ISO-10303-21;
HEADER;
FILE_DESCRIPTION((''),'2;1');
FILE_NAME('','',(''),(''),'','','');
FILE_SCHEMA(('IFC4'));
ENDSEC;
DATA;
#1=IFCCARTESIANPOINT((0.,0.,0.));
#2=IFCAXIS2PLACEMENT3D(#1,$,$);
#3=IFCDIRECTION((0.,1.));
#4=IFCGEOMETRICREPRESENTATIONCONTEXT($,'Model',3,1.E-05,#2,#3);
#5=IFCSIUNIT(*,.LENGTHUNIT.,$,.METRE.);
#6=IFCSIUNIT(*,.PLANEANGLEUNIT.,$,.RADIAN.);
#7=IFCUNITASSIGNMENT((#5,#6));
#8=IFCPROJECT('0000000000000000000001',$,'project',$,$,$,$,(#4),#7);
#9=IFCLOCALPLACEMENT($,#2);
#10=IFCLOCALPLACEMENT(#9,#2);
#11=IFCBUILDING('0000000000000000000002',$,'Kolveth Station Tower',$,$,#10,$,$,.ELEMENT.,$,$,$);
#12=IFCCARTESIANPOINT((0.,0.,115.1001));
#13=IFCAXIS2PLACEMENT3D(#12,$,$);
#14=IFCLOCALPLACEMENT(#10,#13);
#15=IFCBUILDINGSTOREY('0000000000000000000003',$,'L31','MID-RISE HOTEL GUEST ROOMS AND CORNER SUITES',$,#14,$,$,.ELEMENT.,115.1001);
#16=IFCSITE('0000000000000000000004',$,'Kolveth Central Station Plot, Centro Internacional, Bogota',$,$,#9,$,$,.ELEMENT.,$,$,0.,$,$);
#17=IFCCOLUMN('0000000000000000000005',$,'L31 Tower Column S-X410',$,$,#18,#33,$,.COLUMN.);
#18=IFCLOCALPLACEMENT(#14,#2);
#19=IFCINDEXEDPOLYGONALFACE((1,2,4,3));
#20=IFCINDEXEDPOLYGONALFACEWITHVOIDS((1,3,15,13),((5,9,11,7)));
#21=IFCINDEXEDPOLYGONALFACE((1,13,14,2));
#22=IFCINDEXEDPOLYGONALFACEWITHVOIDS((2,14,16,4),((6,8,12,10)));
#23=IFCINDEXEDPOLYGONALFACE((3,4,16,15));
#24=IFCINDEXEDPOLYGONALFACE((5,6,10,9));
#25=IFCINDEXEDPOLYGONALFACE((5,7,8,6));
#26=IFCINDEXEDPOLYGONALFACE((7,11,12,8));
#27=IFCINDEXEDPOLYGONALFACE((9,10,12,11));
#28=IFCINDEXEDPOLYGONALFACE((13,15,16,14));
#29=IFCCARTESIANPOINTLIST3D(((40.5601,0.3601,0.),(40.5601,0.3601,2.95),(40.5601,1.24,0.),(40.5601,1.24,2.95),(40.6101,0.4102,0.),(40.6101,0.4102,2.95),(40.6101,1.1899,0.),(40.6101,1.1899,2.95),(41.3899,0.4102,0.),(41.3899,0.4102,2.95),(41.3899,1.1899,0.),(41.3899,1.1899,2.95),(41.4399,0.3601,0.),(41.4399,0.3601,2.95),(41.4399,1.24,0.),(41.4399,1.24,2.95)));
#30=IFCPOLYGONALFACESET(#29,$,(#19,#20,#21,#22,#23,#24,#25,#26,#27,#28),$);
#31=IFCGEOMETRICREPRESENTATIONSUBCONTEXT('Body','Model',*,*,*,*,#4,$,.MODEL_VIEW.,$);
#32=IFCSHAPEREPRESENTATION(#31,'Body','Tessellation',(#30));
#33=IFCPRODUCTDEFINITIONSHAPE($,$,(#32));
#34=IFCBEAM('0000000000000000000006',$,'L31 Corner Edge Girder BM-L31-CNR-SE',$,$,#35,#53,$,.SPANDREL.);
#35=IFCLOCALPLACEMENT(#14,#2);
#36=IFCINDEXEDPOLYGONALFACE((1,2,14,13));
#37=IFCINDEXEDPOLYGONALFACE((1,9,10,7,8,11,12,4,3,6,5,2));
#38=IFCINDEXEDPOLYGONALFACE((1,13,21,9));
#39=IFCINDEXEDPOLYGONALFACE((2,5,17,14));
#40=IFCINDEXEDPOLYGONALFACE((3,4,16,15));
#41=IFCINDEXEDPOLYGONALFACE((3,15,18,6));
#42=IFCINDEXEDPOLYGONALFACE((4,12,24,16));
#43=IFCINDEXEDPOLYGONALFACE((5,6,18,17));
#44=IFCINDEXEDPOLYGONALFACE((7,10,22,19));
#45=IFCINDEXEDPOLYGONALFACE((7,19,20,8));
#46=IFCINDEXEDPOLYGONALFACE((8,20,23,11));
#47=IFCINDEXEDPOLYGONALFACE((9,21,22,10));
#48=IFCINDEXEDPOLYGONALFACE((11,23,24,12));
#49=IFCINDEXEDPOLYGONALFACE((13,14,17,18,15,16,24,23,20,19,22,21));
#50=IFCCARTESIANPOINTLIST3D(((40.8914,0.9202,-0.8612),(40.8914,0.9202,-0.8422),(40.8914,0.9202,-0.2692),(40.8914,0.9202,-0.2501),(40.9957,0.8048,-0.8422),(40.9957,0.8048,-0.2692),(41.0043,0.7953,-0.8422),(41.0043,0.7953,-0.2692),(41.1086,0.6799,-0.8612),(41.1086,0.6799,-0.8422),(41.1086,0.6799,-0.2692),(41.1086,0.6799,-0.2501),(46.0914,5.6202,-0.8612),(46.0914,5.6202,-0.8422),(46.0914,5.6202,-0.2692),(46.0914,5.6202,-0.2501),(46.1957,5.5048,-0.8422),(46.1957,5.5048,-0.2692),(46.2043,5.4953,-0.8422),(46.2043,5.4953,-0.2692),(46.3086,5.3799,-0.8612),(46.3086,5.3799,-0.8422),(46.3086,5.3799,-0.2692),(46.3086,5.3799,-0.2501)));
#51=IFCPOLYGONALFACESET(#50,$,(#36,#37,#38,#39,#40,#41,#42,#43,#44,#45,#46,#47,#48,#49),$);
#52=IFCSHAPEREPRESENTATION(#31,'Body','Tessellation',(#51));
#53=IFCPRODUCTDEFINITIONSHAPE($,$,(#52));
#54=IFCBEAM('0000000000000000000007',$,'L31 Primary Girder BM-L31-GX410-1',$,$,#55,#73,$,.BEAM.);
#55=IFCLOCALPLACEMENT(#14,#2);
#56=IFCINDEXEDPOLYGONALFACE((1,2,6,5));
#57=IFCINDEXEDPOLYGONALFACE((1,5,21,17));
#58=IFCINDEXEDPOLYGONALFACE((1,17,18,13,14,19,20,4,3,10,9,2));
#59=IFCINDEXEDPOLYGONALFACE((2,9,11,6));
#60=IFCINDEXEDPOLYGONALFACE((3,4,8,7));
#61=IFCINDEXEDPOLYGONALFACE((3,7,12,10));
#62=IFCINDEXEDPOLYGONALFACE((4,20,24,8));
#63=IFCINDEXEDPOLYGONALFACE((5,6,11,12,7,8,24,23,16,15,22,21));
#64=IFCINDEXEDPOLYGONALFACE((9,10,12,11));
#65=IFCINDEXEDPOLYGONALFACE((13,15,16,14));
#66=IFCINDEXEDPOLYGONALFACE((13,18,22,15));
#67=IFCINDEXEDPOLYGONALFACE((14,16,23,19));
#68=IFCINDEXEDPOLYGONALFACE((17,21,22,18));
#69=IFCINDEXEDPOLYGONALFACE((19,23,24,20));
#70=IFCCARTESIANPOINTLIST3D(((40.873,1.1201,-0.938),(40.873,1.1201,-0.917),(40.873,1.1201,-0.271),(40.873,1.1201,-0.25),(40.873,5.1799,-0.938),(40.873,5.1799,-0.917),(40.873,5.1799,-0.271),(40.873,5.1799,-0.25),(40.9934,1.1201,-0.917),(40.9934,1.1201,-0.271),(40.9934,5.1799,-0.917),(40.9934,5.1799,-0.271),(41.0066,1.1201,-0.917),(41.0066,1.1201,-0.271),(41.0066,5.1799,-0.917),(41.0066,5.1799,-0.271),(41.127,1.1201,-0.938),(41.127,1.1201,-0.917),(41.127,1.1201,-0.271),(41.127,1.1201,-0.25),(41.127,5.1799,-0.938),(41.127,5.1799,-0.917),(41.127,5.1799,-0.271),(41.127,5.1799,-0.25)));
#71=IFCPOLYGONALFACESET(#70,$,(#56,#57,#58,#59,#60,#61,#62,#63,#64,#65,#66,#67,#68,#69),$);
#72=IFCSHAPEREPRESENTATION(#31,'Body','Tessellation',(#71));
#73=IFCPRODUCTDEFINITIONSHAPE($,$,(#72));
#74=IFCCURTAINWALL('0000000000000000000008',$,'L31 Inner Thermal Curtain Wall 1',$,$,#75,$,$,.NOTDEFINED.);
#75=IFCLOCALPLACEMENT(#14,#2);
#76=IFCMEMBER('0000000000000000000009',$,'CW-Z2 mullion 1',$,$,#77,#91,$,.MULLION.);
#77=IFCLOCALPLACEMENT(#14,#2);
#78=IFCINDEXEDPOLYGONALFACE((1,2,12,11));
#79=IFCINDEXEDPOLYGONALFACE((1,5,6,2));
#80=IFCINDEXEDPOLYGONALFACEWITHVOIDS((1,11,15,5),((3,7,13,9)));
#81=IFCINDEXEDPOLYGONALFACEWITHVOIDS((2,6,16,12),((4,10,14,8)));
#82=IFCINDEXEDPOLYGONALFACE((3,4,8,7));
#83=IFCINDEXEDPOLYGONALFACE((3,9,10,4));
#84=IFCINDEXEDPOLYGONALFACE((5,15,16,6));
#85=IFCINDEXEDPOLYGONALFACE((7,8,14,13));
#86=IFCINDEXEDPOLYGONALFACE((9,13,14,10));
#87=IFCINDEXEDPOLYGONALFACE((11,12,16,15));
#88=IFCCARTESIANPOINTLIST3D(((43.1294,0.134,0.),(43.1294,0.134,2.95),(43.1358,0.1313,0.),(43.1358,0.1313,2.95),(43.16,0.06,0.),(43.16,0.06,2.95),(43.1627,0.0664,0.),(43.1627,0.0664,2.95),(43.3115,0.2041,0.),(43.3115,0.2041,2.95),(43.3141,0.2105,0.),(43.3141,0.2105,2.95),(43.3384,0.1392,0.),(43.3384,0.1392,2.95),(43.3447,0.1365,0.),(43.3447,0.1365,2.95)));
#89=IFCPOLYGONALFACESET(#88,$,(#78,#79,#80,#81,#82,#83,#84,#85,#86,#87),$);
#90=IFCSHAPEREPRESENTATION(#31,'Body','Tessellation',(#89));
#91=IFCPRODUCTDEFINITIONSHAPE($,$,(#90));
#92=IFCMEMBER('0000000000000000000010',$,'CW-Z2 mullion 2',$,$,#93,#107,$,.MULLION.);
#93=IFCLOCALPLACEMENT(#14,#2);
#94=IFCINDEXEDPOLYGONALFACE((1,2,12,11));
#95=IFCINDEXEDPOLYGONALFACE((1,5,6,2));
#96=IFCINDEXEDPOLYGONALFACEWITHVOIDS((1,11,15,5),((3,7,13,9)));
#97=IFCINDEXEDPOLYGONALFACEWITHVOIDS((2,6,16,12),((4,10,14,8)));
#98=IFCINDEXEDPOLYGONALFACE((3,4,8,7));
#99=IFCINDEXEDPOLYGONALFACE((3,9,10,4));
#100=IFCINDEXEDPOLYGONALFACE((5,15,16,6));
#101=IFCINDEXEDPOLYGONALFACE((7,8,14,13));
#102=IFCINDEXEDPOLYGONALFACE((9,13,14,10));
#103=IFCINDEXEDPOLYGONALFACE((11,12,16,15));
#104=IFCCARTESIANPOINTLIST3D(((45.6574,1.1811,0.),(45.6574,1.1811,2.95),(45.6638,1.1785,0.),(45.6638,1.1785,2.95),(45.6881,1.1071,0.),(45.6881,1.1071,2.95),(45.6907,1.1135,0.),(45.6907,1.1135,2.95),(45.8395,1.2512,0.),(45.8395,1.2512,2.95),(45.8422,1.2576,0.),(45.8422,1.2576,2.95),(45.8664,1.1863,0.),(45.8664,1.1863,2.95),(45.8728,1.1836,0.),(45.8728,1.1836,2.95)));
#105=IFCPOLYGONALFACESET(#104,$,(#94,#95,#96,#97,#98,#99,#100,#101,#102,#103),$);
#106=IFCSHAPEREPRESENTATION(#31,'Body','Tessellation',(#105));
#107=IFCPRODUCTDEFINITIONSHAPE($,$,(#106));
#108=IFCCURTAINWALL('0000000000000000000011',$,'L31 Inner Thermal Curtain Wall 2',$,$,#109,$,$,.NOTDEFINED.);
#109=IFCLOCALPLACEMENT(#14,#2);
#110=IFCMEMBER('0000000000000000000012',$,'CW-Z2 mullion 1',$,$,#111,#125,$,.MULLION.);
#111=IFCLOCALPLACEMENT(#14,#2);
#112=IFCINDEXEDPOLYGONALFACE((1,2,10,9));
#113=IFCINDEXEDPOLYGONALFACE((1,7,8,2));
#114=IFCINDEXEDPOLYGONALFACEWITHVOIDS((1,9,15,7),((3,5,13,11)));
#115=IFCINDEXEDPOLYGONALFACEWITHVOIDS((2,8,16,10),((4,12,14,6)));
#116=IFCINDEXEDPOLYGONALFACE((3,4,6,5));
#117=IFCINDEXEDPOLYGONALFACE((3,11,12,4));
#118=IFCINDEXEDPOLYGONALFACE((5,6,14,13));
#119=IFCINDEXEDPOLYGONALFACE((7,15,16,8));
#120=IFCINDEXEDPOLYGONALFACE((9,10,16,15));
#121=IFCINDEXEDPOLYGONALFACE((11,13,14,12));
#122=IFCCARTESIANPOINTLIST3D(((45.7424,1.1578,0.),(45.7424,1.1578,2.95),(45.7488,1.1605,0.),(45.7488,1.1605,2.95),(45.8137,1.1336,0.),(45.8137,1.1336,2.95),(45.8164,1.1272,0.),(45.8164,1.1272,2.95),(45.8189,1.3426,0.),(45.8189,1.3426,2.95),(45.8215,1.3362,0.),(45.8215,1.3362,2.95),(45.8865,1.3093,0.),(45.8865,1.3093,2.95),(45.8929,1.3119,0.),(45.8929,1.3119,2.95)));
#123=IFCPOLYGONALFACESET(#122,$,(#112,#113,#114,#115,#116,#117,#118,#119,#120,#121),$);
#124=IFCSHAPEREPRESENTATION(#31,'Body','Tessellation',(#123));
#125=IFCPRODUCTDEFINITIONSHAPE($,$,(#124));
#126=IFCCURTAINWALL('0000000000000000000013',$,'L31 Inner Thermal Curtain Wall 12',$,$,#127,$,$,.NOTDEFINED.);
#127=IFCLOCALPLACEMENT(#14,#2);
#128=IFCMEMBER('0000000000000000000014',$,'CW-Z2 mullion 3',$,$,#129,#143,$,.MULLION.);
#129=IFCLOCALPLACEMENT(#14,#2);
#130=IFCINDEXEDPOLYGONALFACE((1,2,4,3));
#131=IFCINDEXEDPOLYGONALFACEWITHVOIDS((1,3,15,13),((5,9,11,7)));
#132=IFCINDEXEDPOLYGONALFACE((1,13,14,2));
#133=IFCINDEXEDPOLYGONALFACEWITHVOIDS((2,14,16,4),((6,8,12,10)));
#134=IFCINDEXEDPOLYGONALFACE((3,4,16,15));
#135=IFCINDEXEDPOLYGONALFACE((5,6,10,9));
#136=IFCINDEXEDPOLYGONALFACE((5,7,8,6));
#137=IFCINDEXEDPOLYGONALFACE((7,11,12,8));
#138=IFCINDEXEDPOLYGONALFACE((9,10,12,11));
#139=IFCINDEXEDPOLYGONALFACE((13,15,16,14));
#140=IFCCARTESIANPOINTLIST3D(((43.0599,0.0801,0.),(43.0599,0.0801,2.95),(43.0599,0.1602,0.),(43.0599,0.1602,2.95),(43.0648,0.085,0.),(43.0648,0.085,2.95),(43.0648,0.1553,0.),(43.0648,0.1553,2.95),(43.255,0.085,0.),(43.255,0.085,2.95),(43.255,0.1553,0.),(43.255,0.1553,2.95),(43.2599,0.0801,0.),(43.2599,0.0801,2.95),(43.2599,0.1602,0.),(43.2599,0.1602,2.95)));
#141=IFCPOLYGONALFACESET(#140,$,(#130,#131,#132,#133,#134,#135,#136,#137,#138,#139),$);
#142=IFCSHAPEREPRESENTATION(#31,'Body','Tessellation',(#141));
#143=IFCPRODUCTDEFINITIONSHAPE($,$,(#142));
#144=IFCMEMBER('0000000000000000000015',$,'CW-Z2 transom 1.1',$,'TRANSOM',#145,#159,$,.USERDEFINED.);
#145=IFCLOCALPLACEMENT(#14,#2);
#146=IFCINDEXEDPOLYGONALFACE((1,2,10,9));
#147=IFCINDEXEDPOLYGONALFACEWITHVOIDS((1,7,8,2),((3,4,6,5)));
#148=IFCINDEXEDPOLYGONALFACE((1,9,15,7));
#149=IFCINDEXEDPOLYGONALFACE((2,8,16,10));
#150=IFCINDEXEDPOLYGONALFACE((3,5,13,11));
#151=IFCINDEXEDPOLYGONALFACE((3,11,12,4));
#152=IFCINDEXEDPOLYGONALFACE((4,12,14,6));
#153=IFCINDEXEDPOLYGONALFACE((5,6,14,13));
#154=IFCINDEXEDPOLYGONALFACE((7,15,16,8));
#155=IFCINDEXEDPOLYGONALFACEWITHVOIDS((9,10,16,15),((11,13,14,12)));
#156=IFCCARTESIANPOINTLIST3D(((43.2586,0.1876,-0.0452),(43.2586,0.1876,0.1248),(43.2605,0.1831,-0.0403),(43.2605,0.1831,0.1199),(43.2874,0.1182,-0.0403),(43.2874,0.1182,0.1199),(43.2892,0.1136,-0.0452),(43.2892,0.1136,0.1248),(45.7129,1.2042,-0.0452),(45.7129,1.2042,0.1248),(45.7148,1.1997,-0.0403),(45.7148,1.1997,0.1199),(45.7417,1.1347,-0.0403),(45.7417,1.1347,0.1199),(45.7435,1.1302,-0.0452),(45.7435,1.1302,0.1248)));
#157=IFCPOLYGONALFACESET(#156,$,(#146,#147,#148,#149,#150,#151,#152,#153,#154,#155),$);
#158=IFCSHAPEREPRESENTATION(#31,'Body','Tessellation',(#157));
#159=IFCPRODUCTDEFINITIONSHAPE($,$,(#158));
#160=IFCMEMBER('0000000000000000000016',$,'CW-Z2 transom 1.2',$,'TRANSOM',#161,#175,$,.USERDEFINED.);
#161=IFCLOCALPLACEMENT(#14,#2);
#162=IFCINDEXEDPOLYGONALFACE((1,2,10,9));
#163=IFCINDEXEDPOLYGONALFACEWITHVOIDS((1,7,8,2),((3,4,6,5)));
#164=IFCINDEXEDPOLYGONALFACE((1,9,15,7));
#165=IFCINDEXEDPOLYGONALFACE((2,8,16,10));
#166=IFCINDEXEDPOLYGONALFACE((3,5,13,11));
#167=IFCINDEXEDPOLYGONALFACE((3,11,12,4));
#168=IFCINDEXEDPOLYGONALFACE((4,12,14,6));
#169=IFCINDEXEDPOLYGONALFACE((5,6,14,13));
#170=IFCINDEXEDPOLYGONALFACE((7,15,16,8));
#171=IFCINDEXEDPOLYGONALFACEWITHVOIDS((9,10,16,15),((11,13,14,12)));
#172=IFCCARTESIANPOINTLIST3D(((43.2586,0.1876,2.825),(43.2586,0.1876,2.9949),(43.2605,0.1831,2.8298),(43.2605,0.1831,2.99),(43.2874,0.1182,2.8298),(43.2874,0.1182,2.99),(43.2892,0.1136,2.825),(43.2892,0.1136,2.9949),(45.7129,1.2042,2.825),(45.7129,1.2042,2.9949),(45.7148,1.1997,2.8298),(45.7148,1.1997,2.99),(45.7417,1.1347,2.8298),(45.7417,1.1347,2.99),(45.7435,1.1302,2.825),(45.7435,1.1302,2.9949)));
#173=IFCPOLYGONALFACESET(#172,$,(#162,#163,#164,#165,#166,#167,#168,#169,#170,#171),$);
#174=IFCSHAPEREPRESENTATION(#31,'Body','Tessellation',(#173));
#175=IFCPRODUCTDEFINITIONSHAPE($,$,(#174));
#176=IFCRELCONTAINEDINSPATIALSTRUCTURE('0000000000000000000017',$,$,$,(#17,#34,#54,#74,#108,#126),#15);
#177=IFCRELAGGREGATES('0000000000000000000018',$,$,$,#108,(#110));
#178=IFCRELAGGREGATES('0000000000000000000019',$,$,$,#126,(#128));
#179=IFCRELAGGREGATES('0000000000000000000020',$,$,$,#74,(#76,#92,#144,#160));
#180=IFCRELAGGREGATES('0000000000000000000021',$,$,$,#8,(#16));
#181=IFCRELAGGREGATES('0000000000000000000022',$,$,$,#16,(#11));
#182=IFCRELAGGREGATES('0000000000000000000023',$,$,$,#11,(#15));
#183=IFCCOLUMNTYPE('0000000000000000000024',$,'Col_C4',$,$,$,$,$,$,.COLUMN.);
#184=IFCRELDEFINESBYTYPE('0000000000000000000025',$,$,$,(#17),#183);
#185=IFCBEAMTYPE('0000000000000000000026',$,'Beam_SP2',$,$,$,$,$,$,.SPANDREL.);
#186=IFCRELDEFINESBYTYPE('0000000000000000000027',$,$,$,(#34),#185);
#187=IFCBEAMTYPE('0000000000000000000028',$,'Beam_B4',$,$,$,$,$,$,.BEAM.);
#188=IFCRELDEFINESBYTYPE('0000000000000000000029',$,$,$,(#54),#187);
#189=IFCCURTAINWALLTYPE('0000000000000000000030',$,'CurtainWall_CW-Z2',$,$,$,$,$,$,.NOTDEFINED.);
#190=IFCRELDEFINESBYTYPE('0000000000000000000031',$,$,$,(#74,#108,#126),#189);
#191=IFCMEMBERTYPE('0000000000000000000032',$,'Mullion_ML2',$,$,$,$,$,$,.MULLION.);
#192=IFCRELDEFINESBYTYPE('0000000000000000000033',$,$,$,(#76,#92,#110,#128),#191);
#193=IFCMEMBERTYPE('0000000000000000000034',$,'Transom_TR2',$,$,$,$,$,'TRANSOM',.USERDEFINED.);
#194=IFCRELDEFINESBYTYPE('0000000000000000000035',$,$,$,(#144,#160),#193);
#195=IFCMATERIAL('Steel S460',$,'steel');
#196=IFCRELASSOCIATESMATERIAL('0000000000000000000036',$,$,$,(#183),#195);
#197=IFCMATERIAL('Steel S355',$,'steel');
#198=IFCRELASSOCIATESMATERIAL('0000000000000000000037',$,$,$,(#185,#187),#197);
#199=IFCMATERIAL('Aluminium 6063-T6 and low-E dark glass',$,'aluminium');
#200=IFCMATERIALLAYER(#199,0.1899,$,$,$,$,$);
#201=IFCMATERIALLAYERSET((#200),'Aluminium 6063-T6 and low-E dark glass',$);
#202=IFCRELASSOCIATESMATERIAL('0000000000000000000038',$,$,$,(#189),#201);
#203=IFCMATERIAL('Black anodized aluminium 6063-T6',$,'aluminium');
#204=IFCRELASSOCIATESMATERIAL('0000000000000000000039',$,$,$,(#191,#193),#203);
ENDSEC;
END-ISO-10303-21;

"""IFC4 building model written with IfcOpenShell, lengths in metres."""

from ifc_helpers import new_model, si_unit, direction, frame, origin, origin_2d, place, context, subcontext, project, spatial, hollow_rectangle, i_section, extrude, source, transform, mapped, material, layer, layer_set, material_profile, profile_set, type_object, element, aggregate, save


model = new_model("IFC4")

# Units and contexts
model_context = context("Model", 3, precision=1e-05, world=origin(), true_north=direction((0.0, 1.0)))
body_context = subcontext(model_context, "Body", "Model", "MODEL_VIEW")
ifc_project = project(units=[si_unit("LENGTHUNIT", "METRE"), si_unit("PLANEANGLEUNIT", "RADIAN")], contexts=[model_context])

# Site, building, storey
site_placement = place(None, origin())
site = spatial("IfcSite", under=ifc_project, at=site_placement, Name="Kolveth Central Station Plot, Centro Internacional, Bogota", CompositionType="ELEMENT", RefElevation=0.0)
building_placement = place(site_placement, origin())
building = spatial("IfcBuilding", under=site, at=building_placement, Name="Kolveth Station Tower", CompositionType="ELEMENT")
storey_placement = place(building_placement, frame((0.0, 0.0, 115.1001)))
storey = spatial("IfcBuildingStorey", under=building, at=storey_placement, Name="L31", Description="MID-RISE HOTEL GUEST ROOMS AND CORNER SUITES", CompositionType="ELEMENT", Elevation=115.1001)

# Column
ifc_material_1 = material(Name="Steel S460", Category="steel")
ifc_material_profile_1 = material_profile(ifc_material_1, hollow_rectangle(XDim=0.8799, YDim=0.8799, WallThickness=0.05, at=origin_2d()), Name="BOX880x880x50")
ifc_profile_set_1 = profile_set([ifc_material_profile_1], Name="Steel S460")
column_type = type_object("IfcColumnType", Name="Col_C4", PredefinedType="COLUMN", material=ifc_profile_set_1)
shared_shape_1 = source(origin(), body_context, "Body", "SweptSolid", [
    extrude(hollow_rectangle(XDim=0.8799, YDim=0.8799, WallThickness=0.05, at=origin_2d()), origin(), (0.0, 0.0, 1.0), 2.95),
])
column_placement = place(storey_placement, frame((41.0, 0.8, 0.0), z_axis=(0.0, 0.0, 1.0), x_axis=(1.0, 0.0, 0.0)))
element("IfcColumn", 1, at=column_placement, inside=storey, type_object=column_type, Name="L31 Tower Column S-X410", PredefinedType="COLUMN", context=body_context, shape_type="MappedRepresentation", body=[
    mapped(shared_shape_1, transform((0.0, 0.0, 0.0), x_axis=(1.0, 0.0, 0.0), y_axis=(0.0, 1.0, 0.0), z_axis=(0.0, 0.0, 1.0), scale=1.0)),
])

# Beams
ifc_material_2 = material(Name="Steel S355", Category="steel")
ifc_material_profile_2 = material_profile(ifc_material_2, i_section(OverallWidth=0.324, OverallDepth=0.6111, WebThickness=0.0127, FlangeThickness=0.019, at=origin_2d()), Name="W610x155")
ifc_profile_set_2 = profile_set([ifc_material_profile_2], Name="Steel S355")
beam_type_1 = type_object("IfcBeamType", Name="Beam_SP2", PredefinedType="SPANDREL", material=ifc_profile_set_2)
shared_shape_2 = source(origin(), body_context, "Body", "SweptSolid", [
    extrude(i_section(OverallWidth=0.324, OverallDepth=0.6111, WebThickness=0.0127, FlangeThickness=0.019, at=origin_2d()), origin(), (0.0, 0.0, 1.0), 7.0093),
])
beam_1_placement = place(storey_placement, frame((41.0, 0.8, -0.5557), z_axis=(0.741874, 0.670539, 0.0), x_axis=(-0.670539, 0.741874, 0.0)))
element("IfcBeam", 2, at=beam_1_placement, inside=storey, type_object=beam_type_1, Name="L31 Corner Edge Girder BM-L31-CNR-SE", PredefinedType="SPANDREL", context=body_context, shape_type="MappedRepresentation", body=[
    mapped(shared_shape_2, transform((0.0, 0.0, 0.0), x_axis=(1.0, 0.0, 0.0), y_axis=(0.0, 1.0, 0.0), z_axis=(0.0, 0.0, 1.0), scale=1.0)),
])
ifc_material_profile_3 = material_profile(ifc_material_2, i_section(OverallWidth=0.2539, OverallDepth=0.688, WebThickness=0.0132, FlangeThickness=0.021, at=origin_2d()), Name="W690x152")
ifc_profile_set_3 = profile_set([ifc_material_profile_3], Name="Steel S355")
beam_type_2 = type_object("IfcBeamType", Name="Beam_B4", PredefinedType="BEAM", material=ifc_profile_set_3)
shared_shape_3 = source(origin(), body_context, "Body", "SweptSolid", [
    extrude(i_section(OverallWidth=0.2539, OverallDepth=0.688, WebThickness=0.0132, FlangeThickness=0.021, at=origin_2d()), origin(), (0.0, 0.0, 1.0), 4.0598),
])
beam_2_placement = place(storey_placement, frame((41.0, 1.1201, -0.594), z_axis=(0.0, 1.0, 0.0), x_axis=(-1.0, 0.0, 0.0)))
element("IfcBeam", 3, at=beam_2_placement, inside=storey, type_object=beam_type_2, Name="L31 Primary Girder BM-L31-GX410-1", PredefinedType="BEAM", context=body_context, shape_type="MappedRepresentation", body=[
    mapped(shared_shape_3, transform((0.0, 0.0, 0.0), x_axis=(1.0, 0.0, 0.0), y_axis=(0.0, 1.0, 0.0), z_axis=(0.0, 0.0, 1.0), scale=1.0)),
])

# Curtain wall, members
ifc_material_3 = material(Name="Aluminium 6063-T6 and low-E dark glass", Category="aluminium")
ifc_layer_1 = layer(ifc_material_3, 0.1899)
ifc_layer_set_1 = layer_set([ifc_layer_1], Name="Aluminium 6063-T6 and low-E dark glass")
curtain_wall_type_1 = type_object("IfcCurtainWallType", Name="CurtainWall_CW-Z2", PredefinedType="NOTDEFINED", material=ifc_layer_set_1)
curtain_wall_1_placement = place(storey_placement, origin())
curtain_wall_1 = element("IfcCurtainWall", 4, at=curtain_wall_1_placement, inside=storey, type_object=curtain_wall_type_1, Name="L31 Inner Thermal Curtain Wall 1", PredefinedType="NOTDEFINED")
ifc_material_4 = material(Name="Black anodized aluminium 6063-T6", Category="aluminium")
ifc_material_profile_4 = material_profile(ifc_material_4, hollow_rectangle(XDim=0.0801, YDim=0.2, WallThickness=0.0049, at=origin_2d()), Name="ALU-80x200x5")
ifc_profile_set_4 = profile_set([ifc_material_profile_4], Name="Black anodized aluminium 6063-T6")
member_type_1 = type_object("IfcMemberType", Name="Mullion_ML2", PredefinedType="MULLION", material=ifc_profile_set_4)
shared_shape_4 = source(origin(), body_context, "Body", "SweptSolid", [
    extrude(hollow_rectangle(XDim=0.0801, YDim=0.2, WallThickness=0.0049, at=origin_2d()), origin(), (0.0, 0.0, 1.0), 2.95),
])
member_1_placement = place(storey_placement, frame((43.2371, 0.1353, 0.0), z_axis=(0.0, 0.0, 1.0), x_axis=(-0.382663, 0.923888, 0.0)))
member_1 = element("IfcMember", 5, at=member_1_placement, type_object=member_type_1, Name="CW-Z2 mullion 1", PredefinedType="MULLION", context=body_context, shape_type="MappedRepresentation", body=[
    mapped(shared_shape_4, transform((0.0, 0.0, 0.0), x_axis=(1.0, 0.0, 0.0), y_axis=(0.0, 1.0, 0.0), z_axis=(0.0, 0.0, 1.0), scale=1.0)),
])
member_2_placement = place(storey_placement, frame((45.7651, 1.1824, 0.0), z_axis=(0.0, 0.0, 1.0), x_axis=(-0.382663, 0.923888, 0.0)))
member_2 = element("IfcMember", 6, at=member_2_placement, type_object=member_type_1, Name="CW-Z2 mullion 2", PredefinedType="MULLION", context=body_context, shape_type="MappedRepresentation", body=[
    mapped(shared_shape_4, transform((0.0, 0.0, 0.0), x_axis=(1.0, 0.0, 0.0), y_axis=(0.0, 1.0, 0.0), z_axis=(0.0, 0.0, 1.0), scale=1.0)),
])

# Curtain walls, members
curtain_wall_2_placement = place(storey_placement, origin())
curtain_wall_2 = element("IfcCurtainWall", 7, at=curtain_wall_2_placement, inside=storey, type_object=curtain_wall_type_1, Name="L31 Inner Thermal Curtain Wall 2", PredefinedType="NOTDEFINED")
member_3_placement = place(storey_placement, frame((45.8176, 1.2349, 0.0), z_axis=(0.0, 0.0, 1.0), x_axis=(-0.923888, 0.382663, 0.0)))
member_3 = element("IfcMember", 8, at=member_3_placement, type_object=member_type_1, Name="CW-Z2 mullion 1", PredefinedType="MULLION", context=body_context, shape_type="MappedRepresentation", body=[
    mapped(shared_shape_4, transform((0.0, 0.0, 0.0), x_axis=(1.0, 0.0, 0.0), y_axis=(0.0, 1.0, 0.0), z_axis=(0.0, 0.0, 1.0), scale=1.0)),
])
aggregate(curtain_wall_2, [member_3])
curtain_wall_3_placement = place(storey_placement, origin())
curtain_wall_3 = element("IfcCurtainWall", 9, at=curtain_wall_3_placement, inside=storey, type_object=curtain_wall_type_1, Name="L31 Inner Thermal Curtain Wall 12", PredefinedType="NOTDEFINED")
member_4_placement = place(storey_placement, frame((43.1599, 0.1201, 0.0), z_axis=(0.0, 0.0, 1.0), x_axis=(0.0, 1.0, 0.0)))
member_4 = element("IfcMember", 10, at=member_4_placement, type_object=member_type_1, Name="CW-Z2 mullion 3", PredefinedType="MULLION", context=body_context, shape_type="MappedRepresentation", body=[
    mapped(shared_shape_4, transform((0.0, 0.0, 0.0), x_axis=(1.0, 0.0, 0.0), y_axis=(0.0, 1.0, 0.0), z_axis=(0.0, 0.0, 1.0), scale=1.0)),
])
aggregate(curtain_wall_3, [member_4])

# Members
ifc_material_profile_5 = material_profile(ifc_material_4, hollow_rectangle(XDim=0.0801, YDim=0.1699, WallThickness=0.0049, at=origin_2d()), Name="ALU-80x170x5")
ifc_profile_set_5 = profile_set([ifc_material_profile_5], Name="Black anodized aluminium 6063-T6")
member_type_2 = type_object("IfcMemberType", Name="Transom_TR2", ElementType="TRANSOM", PredefinedType="USERDEFINED", material=ifc_profile_set_5)
shared_shape_5 = source(origin(), body_context, "Body", "SweptSolid", [
    extrude(hollow_rectangle(XDim=0.0801, YDim=0.1699, WallThickness=0.0049, at=origin_2d()), origin(), (0.0, 0.0, 1.0), 2.6565),
])
member_5_placement = place(storey_placement, frame((43.2739, 0.1506, 0.0398), z_axis=(0.923882, 0.382676, 0.0), x_axis=(-0.382676, 0.923882, 0.0)))
member_5 = element("IfcMember", 11, at=member_5_placement, type_object=member_type_2, Name="CW-Z2 transom 1.1", ObjectType="TRANSOM", PredefinedType="USERDEFINED", context=body_context, shape_type="MappedRepresentation", body=[
    mapped(shared_shape_5, transform((0.0, 0.0, 0.0), x_axis=(1.0, 0.0, 0.0), y_axis=(0.0, 1.0, 0.0), z_axis=(0.0, 0.0, 1.0), scale=1.0)),
])
member_6_placement = place(storey_placement, frame((43.2739, 0.1506, 2.9099), z_axis=(0.923882, 0.382676, 0.0), x_axis=(-0.382676, 0.923882, 0.0)))
member_6 = element("IfcMember", 12, at=member_6_placement, type_object=member_type_2, Name="CW-Z2 transom 1.2", ObjectType="TRANSOM", PredefinedType="USERDEFINED", context=body_context, shape_type="MappedRepresentation", body=[
    mapped(shared_shape_5, transform((0.0, 0.0, 0.0), x_axis=(1.0, 0.0, 0.0), y_axis=(0.0, 1.0, 0.0), z_axis=(0.0, 0.0, 1.0), scale=1.0)),
])

aggregate(curtain_wall_1, [member_1, member_2, member_5, member_6])

save(model, "model.ifc")
